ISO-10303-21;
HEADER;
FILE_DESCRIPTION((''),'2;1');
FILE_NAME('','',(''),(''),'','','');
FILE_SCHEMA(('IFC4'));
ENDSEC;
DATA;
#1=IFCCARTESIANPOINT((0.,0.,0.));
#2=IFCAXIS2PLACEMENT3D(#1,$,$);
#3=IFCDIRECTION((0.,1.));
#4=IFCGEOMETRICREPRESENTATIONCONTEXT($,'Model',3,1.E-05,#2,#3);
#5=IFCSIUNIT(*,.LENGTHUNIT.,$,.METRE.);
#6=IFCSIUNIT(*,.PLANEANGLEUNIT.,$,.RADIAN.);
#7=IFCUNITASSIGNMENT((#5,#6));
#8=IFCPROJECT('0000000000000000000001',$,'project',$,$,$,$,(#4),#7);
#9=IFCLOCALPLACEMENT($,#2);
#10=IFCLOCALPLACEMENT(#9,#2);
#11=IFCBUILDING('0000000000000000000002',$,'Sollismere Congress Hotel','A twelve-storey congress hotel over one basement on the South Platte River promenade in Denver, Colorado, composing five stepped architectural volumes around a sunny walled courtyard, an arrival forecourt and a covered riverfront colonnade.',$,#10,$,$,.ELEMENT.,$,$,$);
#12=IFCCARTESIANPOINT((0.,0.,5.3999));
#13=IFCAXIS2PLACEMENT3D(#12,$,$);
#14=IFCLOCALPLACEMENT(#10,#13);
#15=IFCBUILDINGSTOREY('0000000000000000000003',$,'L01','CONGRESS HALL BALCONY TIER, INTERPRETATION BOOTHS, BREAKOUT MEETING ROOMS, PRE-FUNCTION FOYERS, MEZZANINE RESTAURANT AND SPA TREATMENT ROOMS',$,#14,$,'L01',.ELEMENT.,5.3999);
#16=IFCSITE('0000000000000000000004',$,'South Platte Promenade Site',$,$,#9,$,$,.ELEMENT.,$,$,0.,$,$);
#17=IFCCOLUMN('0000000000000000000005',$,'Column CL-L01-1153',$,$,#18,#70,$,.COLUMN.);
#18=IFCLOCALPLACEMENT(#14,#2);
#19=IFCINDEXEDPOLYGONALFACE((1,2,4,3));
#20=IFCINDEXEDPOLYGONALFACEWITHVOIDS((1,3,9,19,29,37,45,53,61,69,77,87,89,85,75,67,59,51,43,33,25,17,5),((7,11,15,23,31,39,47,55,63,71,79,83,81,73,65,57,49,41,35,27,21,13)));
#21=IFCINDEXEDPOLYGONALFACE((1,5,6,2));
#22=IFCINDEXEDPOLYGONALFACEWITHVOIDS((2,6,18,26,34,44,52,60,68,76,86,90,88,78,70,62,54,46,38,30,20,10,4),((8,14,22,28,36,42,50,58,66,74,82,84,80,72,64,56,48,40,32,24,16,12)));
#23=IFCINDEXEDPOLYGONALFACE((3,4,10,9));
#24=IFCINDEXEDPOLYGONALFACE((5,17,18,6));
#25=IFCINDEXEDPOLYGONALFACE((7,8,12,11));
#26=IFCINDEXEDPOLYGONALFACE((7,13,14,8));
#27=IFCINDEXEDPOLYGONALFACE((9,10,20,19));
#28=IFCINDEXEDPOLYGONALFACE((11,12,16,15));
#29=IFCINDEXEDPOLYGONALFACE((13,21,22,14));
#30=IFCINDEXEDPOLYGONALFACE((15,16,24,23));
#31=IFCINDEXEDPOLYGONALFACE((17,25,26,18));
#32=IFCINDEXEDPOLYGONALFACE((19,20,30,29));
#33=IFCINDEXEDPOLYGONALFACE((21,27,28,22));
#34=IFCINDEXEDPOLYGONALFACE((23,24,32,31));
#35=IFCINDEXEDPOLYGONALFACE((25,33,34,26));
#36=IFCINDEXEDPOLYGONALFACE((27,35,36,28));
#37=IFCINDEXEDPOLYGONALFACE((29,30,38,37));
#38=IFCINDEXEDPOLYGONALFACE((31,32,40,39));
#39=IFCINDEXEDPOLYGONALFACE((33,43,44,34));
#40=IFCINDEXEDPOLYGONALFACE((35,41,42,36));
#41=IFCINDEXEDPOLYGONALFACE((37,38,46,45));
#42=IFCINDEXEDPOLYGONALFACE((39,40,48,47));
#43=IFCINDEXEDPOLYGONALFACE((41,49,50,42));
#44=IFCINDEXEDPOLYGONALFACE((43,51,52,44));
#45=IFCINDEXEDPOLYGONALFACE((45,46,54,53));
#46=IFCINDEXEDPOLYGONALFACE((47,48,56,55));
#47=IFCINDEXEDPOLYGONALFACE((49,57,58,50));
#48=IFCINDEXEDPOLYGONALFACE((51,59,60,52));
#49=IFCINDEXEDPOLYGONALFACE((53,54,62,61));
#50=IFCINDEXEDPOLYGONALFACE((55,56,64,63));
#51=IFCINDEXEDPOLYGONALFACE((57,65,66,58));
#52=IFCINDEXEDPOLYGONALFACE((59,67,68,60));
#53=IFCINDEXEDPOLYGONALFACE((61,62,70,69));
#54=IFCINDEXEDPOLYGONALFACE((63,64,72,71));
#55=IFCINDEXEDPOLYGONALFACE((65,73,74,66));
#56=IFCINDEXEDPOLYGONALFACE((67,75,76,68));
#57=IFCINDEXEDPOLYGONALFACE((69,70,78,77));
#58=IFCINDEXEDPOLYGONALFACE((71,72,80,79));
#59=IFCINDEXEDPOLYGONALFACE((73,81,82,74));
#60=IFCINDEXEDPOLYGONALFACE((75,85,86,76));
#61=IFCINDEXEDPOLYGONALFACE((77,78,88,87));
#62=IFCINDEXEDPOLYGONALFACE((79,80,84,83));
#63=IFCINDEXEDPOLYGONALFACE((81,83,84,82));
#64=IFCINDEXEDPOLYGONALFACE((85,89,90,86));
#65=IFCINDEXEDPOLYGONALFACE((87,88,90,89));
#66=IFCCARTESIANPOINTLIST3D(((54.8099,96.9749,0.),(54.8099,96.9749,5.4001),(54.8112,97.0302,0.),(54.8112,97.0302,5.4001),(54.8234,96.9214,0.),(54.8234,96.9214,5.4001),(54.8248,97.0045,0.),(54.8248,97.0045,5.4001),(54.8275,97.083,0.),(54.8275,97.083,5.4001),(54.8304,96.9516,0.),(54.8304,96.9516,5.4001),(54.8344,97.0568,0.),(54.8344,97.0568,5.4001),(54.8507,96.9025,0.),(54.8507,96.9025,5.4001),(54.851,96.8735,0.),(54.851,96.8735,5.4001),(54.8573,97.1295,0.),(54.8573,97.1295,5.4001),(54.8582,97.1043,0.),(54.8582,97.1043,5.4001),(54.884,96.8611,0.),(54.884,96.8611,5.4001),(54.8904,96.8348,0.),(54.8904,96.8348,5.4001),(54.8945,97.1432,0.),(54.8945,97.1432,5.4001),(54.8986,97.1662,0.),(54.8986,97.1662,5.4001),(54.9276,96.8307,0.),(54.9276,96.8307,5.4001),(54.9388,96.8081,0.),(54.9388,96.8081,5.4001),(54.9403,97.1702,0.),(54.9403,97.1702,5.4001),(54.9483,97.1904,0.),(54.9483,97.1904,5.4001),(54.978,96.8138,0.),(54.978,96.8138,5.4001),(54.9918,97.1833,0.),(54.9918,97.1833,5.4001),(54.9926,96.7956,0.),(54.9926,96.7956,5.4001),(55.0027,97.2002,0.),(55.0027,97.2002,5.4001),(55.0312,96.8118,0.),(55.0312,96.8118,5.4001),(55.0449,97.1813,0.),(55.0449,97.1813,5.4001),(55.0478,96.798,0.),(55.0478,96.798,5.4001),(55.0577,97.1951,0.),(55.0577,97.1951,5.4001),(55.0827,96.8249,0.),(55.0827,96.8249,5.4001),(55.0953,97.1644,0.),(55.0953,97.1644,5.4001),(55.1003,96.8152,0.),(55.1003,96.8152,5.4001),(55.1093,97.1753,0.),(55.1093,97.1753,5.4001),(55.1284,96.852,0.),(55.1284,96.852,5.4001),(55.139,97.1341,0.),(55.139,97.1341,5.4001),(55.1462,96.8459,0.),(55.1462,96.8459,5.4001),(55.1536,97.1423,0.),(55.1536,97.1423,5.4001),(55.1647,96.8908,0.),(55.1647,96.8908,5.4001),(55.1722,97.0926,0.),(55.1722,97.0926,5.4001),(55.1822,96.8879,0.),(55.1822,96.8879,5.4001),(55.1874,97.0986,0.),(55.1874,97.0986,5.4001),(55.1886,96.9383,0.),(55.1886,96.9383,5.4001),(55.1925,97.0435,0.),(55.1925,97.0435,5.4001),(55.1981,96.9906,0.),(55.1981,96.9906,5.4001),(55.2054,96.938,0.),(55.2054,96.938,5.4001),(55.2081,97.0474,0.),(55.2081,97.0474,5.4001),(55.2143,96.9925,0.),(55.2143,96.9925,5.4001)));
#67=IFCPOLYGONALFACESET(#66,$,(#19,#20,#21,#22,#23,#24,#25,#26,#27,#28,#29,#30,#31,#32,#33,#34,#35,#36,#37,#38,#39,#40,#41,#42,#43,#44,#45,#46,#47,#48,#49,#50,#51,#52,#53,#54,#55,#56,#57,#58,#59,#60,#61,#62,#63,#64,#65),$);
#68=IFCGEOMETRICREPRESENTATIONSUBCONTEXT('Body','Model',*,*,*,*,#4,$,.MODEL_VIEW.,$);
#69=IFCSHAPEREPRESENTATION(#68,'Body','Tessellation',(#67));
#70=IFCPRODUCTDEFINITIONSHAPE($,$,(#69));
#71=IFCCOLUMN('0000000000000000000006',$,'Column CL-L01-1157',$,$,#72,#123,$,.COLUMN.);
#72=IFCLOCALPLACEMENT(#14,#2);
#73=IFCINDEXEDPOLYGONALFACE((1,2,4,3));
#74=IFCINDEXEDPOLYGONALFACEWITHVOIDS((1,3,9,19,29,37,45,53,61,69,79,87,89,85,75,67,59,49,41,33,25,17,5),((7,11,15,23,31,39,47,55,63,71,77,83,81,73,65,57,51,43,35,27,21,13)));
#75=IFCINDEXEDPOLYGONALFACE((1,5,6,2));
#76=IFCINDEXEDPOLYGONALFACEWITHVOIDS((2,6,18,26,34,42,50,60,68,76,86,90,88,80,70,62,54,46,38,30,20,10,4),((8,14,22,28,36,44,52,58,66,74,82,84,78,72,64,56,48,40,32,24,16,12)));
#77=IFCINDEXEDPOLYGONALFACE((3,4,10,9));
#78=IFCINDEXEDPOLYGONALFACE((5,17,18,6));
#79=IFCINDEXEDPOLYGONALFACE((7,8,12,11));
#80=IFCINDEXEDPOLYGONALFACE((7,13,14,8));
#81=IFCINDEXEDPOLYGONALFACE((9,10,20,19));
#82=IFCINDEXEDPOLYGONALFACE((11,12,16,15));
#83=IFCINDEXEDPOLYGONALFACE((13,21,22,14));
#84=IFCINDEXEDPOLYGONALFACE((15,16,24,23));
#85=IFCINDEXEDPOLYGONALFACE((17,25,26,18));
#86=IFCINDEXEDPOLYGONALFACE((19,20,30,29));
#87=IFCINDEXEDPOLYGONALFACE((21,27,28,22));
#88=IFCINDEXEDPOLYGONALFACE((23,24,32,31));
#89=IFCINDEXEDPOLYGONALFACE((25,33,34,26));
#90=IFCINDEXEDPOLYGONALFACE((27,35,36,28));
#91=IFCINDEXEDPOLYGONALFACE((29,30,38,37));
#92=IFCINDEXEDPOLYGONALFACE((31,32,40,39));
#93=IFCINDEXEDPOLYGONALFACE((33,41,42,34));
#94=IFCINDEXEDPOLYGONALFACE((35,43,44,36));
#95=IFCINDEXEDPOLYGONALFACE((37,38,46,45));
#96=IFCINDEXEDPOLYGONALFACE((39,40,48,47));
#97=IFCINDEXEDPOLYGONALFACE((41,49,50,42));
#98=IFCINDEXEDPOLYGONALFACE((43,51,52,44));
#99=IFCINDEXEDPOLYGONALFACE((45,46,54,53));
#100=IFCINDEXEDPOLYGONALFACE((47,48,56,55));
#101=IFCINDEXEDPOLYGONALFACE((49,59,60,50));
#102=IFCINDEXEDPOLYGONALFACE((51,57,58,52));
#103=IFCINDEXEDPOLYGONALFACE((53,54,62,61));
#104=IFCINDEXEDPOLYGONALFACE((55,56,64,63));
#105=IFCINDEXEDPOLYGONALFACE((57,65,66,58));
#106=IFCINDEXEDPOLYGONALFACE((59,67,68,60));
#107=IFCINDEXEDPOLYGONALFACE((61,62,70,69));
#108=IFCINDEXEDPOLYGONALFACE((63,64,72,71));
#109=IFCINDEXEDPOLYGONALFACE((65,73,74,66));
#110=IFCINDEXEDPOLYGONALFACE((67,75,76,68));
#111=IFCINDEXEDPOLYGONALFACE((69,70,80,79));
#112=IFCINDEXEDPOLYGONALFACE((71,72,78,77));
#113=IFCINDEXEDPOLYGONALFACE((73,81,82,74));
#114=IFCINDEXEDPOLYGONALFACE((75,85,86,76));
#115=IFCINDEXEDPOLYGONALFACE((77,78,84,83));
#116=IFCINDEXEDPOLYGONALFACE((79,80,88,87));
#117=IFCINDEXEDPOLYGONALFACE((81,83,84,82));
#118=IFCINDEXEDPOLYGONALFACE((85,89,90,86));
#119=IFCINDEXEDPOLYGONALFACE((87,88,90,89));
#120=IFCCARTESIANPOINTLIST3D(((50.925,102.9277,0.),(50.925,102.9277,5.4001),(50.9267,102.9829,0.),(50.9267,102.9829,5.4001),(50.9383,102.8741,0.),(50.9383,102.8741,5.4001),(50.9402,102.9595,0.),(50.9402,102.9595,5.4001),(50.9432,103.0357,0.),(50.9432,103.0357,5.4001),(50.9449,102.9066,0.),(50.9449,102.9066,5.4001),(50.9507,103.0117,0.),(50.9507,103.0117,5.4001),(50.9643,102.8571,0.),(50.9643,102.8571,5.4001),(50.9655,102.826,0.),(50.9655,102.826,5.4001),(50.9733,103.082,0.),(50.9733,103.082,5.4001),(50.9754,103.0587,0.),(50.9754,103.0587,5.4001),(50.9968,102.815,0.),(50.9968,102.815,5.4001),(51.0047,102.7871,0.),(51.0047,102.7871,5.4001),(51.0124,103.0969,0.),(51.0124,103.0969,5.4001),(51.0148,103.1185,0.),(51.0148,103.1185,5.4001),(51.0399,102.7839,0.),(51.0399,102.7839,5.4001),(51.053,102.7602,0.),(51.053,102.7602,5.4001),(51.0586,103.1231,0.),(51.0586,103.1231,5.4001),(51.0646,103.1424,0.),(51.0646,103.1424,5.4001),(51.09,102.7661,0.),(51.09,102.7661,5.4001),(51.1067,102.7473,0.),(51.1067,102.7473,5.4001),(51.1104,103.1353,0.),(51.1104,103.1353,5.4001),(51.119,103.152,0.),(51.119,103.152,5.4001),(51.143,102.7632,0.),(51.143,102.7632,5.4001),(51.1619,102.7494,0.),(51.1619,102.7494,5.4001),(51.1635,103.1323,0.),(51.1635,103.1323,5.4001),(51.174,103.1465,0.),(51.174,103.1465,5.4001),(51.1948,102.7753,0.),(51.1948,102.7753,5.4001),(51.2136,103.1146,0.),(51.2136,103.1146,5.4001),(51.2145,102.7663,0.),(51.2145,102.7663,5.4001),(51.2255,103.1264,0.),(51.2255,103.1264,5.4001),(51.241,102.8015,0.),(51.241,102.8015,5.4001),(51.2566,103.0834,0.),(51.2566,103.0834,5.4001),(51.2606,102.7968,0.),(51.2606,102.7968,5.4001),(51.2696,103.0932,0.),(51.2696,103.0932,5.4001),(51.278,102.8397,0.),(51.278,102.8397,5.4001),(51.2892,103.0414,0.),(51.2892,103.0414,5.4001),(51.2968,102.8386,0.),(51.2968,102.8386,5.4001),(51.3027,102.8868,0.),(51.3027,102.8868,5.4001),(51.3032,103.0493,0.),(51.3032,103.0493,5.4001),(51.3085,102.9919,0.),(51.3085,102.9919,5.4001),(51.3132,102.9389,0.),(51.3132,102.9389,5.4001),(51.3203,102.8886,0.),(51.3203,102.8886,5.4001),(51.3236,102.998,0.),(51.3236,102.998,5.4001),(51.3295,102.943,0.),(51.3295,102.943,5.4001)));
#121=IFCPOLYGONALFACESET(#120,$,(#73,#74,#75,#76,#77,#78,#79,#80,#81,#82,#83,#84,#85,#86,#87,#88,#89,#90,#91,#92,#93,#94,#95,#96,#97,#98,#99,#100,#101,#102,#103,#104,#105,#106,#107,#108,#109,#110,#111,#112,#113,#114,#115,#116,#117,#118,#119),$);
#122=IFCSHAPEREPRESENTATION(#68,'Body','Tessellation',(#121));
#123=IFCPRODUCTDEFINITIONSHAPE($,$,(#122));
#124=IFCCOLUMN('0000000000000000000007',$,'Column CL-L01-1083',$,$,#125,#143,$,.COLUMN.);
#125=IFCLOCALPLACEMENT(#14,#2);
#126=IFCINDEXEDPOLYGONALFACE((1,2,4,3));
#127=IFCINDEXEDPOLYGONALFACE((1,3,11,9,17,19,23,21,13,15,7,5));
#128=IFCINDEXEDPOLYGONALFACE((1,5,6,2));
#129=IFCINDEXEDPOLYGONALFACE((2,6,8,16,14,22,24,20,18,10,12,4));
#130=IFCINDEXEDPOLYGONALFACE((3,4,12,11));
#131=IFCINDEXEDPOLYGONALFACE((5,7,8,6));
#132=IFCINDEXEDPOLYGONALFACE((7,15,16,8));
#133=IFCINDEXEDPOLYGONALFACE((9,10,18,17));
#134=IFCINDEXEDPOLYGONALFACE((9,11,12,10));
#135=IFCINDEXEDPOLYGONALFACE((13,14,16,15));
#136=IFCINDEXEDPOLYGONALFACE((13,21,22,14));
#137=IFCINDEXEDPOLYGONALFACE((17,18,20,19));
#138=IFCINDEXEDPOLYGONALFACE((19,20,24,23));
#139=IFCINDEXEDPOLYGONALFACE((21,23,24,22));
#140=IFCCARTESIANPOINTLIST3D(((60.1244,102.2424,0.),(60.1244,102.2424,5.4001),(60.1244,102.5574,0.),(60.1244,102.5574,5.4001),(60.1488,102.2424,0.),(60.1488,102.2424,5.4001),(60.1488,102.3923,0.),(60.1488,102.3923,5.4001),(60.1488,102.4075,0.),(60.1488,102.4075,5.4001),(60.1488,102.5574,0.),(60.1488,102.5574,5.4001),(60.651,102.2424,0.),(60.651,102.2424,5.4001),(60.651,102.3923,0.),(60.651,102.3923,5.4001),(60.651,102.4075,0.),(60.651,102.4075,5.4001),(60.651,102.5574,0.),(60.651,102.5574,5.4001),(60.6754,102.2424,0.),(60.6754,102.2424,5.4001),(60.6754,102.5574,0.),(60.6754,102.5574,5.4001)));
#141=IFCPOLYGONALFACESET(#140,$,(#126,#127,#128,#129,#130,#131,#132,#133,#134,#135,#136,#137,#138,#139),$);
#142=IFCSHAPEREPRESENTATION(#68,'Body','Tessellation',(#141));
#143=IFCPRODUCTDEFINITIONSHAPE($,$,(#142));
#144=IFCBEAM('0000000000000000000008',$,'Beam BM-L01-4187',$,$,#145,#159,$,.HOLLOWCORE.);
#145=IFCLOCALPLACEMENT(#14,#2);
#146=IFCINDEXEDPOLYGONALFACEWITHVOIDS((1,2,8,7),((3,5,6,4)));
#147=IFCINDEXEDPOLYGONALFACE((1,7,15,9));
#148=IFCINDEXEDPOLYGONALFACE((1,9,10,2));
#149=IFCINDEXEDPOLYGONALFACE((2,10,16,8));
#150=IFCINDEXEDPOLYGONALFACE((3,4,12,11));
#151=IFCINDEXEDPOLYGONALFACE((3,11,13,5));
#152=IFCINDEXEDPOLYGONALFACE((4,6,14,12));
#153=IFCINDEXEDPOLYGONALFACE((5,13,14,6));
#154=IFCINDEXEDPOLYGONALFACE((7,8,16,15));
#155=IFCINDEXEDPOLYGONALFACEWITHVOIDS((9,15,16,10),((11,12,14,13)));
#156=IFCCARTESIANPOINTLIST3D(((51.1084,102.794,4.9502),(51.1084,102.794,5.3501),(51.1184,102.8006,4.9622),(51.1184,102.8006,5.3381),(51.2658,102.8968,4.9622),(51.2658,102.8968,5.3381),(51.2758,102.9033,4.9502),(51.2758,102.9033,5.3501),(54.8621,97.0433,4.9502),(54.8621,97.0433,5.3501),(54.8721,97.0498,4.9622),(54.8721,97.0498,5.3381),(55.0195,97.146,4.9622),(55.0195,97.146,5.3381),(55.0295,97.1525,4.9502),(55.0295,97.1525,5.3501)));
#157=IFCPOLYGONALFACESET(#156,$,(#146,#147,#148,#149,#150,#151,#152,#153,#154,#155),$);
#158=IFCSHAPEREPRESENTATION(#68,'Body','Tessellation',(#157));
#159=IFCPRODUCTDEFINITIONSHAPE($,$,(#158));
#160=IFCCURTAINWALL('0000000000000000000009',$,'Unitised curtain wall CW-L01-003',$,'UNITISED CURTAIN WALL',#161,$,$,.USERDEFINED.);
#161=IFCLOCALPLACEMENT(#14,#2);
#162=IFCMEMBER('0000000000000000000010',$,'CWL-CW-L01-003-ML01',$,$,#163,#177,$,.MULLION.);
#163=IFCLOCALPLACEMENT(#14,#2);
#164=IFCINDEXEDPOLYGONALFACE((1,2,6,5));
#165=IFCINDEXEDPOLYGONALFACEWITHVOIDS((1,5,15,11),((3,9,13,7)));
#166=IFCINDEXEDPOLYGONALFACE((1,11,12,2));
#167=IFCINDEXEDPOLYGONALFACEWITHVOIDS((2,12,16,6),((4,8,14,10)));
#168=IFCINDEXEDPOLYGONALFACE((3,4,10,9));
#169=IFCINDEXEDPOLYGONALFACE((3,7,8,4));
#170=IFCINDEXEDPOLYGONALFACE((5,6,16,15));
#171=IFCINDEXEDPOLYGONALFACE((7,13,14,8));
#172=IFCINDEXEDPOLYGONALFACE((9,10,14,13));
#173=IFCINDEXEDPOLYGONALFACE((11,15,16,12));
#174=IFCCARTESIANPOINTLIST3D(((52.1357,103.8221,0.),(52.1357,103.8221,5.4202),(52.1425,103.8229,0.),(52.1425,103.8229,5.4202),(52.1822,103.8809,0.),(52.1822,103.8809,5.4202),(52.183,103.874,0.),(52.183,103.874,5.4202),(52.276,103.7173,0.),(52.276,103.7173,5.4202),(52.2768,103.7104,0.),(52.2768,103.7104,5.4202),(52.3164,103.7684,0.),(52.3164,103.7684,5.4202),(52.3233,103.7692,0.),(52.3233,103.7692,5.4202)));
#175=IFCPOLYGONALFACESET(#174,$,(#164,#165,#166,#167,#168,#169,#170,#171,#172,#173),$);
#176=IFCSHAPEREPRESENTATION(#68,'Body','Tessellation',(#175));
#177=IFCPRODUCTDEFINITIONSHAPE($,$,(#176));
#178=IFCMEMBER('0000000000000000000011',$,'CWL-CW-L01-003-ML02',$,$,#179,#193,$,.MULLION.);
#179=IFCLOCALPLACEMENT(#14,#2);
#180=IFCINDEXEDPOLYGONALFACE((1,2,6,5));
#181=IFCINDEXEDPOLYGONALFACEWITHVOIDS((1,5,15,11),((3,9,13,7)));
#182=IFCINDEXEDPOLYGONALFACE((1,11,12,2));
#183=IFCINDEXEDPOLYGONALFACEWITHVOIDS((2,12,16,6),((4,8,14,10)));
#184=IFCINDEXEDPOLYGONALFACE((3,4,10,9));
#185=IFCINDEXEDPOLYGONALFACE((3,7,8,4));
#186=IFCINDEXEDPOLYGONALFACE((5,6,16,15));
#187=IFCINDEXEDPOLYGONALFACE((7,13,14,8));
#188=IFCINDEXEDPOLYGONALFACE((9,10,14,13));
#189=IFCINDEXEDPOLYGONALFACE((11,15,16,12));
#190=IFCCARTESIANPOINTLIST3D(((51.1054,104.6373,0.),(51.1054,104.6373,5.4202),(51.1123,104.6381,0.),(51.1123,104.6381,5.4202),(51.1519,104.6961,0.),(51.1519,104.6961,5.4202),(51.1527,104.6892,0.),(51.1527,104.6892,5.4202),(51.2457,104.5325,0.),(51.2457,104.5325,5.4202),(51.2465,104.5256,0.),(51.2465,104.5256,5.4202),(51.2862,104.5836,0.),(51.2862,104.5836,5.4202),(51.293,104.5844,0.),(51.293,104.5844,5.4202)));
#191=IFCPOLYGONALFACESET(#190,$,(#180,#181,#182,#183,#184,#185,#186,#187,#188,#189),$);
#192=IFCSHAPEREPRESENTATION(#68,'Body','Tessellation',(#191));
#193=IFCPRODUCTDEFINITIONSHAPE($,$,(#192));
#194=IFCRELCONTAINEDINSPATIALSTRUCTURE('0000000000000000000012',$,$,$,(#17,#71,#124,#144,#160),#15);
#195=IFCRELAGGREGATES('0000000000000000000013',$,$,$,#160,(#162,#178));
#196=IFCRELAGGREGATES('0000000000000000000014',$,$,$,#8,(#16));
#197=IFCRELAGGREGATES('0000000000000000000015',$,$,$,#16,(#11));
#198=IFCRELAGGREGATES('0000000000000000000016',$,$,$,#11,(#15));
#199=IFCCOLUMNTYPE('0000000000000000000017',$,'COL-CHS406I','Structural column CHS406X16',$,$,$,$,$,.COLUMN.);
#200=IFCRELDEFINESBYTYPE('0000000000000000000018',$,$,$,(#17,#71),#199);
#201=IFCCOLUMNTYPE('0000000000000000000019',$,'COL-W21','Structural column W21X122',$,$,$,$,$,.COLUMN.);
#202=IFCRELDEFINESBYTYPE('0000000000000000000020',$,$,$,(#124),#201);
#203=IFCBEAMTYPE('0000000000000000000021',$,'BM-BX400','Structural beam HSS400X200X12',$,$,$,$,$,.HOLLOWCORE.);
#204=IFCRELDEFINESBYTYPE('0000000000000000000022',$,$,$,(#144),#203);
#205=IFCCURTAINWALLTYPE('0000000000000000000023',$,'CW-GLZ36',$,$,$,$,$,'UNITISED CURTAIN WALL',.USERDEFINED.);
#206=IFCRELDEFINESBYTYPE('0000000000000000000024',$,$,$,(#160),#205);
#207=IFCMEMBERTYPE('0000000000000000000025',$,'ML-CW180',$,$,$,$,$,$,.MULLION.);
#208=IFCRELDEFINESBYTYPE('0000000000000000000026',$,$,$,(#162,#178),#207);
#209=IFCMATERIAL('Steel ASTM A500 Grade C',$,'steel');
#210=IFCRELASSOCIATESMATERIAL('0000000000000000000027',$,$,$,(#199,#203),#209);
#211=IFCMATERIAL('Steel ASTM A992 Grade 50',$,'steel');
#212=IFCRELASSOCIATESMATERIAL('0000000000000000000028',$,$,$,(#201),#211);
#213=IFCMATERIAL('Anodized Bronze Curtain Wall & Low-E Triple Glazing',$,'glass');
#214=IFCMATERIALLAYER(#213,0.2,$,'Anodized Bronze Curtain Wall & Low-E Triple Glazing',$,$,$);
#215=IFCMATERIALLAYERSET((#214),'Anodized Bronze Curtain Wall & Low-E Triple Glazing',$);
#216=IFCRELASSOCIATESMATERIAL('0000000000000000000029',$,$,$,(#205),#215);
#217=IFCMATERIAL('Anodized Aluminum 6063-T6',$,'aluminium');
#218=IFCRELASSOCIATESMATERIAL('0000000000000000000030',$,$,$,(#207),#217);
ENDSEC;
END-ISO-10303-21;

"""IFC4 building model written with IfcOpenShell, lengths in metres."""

from ifc_helpers import new_model, si_unit, direction, frame, origin, origin_2d, place, context, subcontext, project, spatial, hollow_rectangle, hollow_circle, i_section, extrude, material, layer, layer_set, material_profile, profile_set, type_object, element, aggregate, save


model = new_model("IFC4")

# Units and contexts
model_context = context("Model", 3, precision=1e-05, world=origin(), true_north=direction((0.0, 1.0)))
body_context = subcontext(model_context, "Body", "Model", "MODEL_VIEW")
ifc_project = project(units=[si_unit("LENGTHUNIT", "METRE"), si_unit("PLANEANGLEUNIT", "RADIAN")], contexts=[model_context])

# Site, building, storey
site_placement = place(None, origin())
site = spatial("IfcSite", under=ifc_project, at=site_placement, Name="South Platte Promenade Site", CompositionType="ELEMENT", RefElevation=0.0)
building_placement = place(site_placement, origin())
building = spatial("IfcBuilding", under=site, at=building_placement, Name="Sollismere Congress Hotel", Description="A twelve-storey congress hotel over one basement on the South Platte River promenade in Denver, Colorado, composing five stepped architectural volumes around a sunny walled courtyard, an arrival forecourt and a covered riverfront colonnade.", CompositionType="ELEMENT")
storey_placement = place(building_placement, frame((0.0, 0.0, 5.3999)))
storey = spatial("IfcBuildingStorey", under=building, at=storey_placement, Name="L01", Description="CONGRESS HALL BALCONY TIER, INTERPRETATION BOOTHS, BREAKOUT MEETING ROOMS, PRE-FUNCTION FOYERS, MEZZANINE RESTAURANT AND SPA TREATMENT ROOMS", LongName="L01", CompositionType="ELEMENT", Elevation=5.3999)

# Columns
ifc_material_1 = material(Name="Steel ASTM A500 Grade C", Category="steel")
ifc_material_profile_1 = material_profile(ifc_material_1, hollow_circle(Radius=0.2029, WallThickness=0.0161, at=origin_2d()), Name="CHS406X16")
ifc_profile_set_1 = profile_set([ifc_material_profile_1], Name="Steel ASTM A500 Grade C")
column_type_1 = type_object("IfcColumnType", Name="COL-CHS406I", Description="Structural column CHS406X16", PredefinedType="COLUMN", material=ifc_profile_set_1)
for number, where, z_axis, x_axis, name in (
    (1, (55.0115, 96.9976, 0.0), (0.0, 0.0, 1.0), (0.969317, 0.245815, 0.0), "Column CL-L01-1153"),
    (2, (51.1267, 102.9492, 0.0), (0.0, 0.0, 1.0), (0.86984, 0.493335, 0.0), "Column CL-L01-1157"),
):
    element("IfcColumn", number, at=place(storey_placement, frame(where, z_axis=z_axis, x_axis=x_axis)), inside=storey, type_object=column_type_1, Name=name, PredefinedType="COLUMN", context=body_context, shape_type="SweptSolid", body=[
        extrude(hollow_circle(Radius=0.2029, WallThickness=0.0161, at=origin_2d()), origin(), (0.0, 0.0, 1.0), 5.4001),
    ])
ifc_material_2 = material(Name="Steel ASTM A992 Grade 50", Category="steel")
ifc_material_profile_2 = material_profile(ifc_material_2, i_section(OverallWidth=0.3149, OverallDepth=0.551, WebThickness=0.0151, FlangeThickness=0.0244, at=origin_2d()), Name="W21X122")
ifc_profile_set_2 = profile_set([ifc_material_profile_2], Name="Steel ASTM A992 Grade 50")
column_type_2 = type_object("IfcColumnType", Name="COL-W21", Description="Structural column W21X122", PredefinedType="COLUMN", material=ifc_profile_set_2)
column_placement = place(storey_placement, frame((60.3999, 102.3999, 0.0), z_axis=(0.0, 0.0, 1.0), x_axis=(0.0, 1.0, 0.0)))
element("IfcColumn", 3, at=column_placement, inside=storey, type_object=column_type_2, Name="Column CL-L01-1083", PredefinedType="COLUMN", context=body_context, shape_type="SweptSolid", body=[
    extrude(i_section(OverallWidth=0.3149, OverallDepth=0.551, WebThickness=0.0151, FlangeThickness=0.0244, at=origin_2d()), origin(), (0.0, 0.0, 1.0), 5.4001),
])

# Beam
ifc_material_profile_3 = material_profile(ifc_material_1, hollow_rectangle(XDim=0.2, YDim=0.3999, WallThickness=0.012, at=origin_2d()), Name="HSS400X200X12")
ifc_profile_set_3 = profile_set([ifc_material_profile_3], Name="Steel ASTM A500 Grade C")
beam_type = type_object("IfcBeamType", Name="BM-BX400", Description="Structural beam HSS400X200X12", PredefinedType="HOLLOWCORE", material=ifc_profile_set_3)
beam_placement = place(storey_placement, frame((54.9458, 97.0979, 5.1501), z_axis=(-0.546593, 0.837398, 0.0), x_axis=(-0.837398, -0.546593, 0.0)))
element("IfcBeam", 4, at=beam_placement, inside=storey, type_object=beam_type, Name="Beam BM-L01-4187", PredefinedType="HOLLOWCORE", context=body_context, shape_type="SweptSolid", body=[
    extrude(hollow_rectangle(XDim=0.2, YDim=0.3999, WallThickness=0.012, at=origin_2d()), origin(), (0.0, 0.0, 1.0), 6.8674),
])

# Curtain wall, members
ifc_material_3 = material(Name="Anodized Bronze Curtain Wall & Low-E Triple Glazing", Category="glass")
ifc_layer_1 = layer(ifc_material_3, 0.2, Name="Anodized Bronze Curtain Wall & Low-E Triple Glazing")
ifc_layer_set_1 = layer_set([ifc_layer_1], Name="Anodized Bronze Curtain Wall & Low-E Triple Glazing")
curtain_wall_type = type_object("IfcCurtainWallType", Name="CW-GLZ36", ElementType="UNITISED CURTAIN WALL", PredefinedType="USERDEFINED", material=ifc_layer_set_1)
curtain_wall_1_placement = place(storey_placement, origin())
curtain_wall_1 = element("IfcCurtainWall", 5, at=curtain_wall_1_placement, inside=storey, type_object=curtain_wall_type, Name="Unitised curtain wall CW-L01-003", ObjectType="UNITISED CURTAIN WALL", PredefinedType="USERDEFINED")
ifc_material_4 = material(Name="Anodized Aluminum 6063-T6", Category="aluminium")
ifc_material_profile_4 = material_profile(ifc_material_4, hollow_rectangle(XDim=0.075, YDim=0.1799, WallThickness=0.0049, at=origin_2d()), Name="ALU180X75X5")
ifc_profile_set_4 = profile_set([ifc_material_profile_4], Name="Anodized Aluminum 6063-T6")
member_type_1 = type_object("IfcMemberType", Name="ML-CW180", PredefinedType="MULLION", material=ifc_profile_set_4)
member_1_placement = place(storey_placement, frame((52.2295, 103.7957, 0.0), z_axis=(0.0, 0.0, 1.0), x_axis=(-0.620532, -0.784181, 0.0)))
member_1 = element("IfcMember", 6, at=member_1_placement, type_object=member_type_1, Name="CWL-CW-L01-003-ML01", PredefinedType="MULLION", context=body_context, shape_type="SweptSolid", body=[
    extrude(hollow_rectangle(XDim=0.075, YDim=0.1799, WallThickness=0.0049, at=origin_2d()), origin(), (0.0, 0.0, 1.0), 5.4202),
])
member_2_placement = place(storey_placement, frame((51.1992, 104.6108, 0.0), z_axis=(0.0, 0.0, 1.0), x_axis=(-0.620532, -0.784181, 0.0)))
member_2 = element("IfcMember", 7, at=member_2_placement, type_object=member_type_1, Name="CWL-CW-L01-003-ML02", PredefinedType="MULLION", context=body_context, shape_type="SweptSolid", body=[
    extrude(hollow_rectangle(XDim=0.075, YDim=0.1799, WallThickness=0.0049, at=origin_2d()), origin(), (0.0, 0.0, 1.0), 5.4202),
])

aggregate(curtain_wall_1, [member_1, member_2])

save(model, "model.ifc")
